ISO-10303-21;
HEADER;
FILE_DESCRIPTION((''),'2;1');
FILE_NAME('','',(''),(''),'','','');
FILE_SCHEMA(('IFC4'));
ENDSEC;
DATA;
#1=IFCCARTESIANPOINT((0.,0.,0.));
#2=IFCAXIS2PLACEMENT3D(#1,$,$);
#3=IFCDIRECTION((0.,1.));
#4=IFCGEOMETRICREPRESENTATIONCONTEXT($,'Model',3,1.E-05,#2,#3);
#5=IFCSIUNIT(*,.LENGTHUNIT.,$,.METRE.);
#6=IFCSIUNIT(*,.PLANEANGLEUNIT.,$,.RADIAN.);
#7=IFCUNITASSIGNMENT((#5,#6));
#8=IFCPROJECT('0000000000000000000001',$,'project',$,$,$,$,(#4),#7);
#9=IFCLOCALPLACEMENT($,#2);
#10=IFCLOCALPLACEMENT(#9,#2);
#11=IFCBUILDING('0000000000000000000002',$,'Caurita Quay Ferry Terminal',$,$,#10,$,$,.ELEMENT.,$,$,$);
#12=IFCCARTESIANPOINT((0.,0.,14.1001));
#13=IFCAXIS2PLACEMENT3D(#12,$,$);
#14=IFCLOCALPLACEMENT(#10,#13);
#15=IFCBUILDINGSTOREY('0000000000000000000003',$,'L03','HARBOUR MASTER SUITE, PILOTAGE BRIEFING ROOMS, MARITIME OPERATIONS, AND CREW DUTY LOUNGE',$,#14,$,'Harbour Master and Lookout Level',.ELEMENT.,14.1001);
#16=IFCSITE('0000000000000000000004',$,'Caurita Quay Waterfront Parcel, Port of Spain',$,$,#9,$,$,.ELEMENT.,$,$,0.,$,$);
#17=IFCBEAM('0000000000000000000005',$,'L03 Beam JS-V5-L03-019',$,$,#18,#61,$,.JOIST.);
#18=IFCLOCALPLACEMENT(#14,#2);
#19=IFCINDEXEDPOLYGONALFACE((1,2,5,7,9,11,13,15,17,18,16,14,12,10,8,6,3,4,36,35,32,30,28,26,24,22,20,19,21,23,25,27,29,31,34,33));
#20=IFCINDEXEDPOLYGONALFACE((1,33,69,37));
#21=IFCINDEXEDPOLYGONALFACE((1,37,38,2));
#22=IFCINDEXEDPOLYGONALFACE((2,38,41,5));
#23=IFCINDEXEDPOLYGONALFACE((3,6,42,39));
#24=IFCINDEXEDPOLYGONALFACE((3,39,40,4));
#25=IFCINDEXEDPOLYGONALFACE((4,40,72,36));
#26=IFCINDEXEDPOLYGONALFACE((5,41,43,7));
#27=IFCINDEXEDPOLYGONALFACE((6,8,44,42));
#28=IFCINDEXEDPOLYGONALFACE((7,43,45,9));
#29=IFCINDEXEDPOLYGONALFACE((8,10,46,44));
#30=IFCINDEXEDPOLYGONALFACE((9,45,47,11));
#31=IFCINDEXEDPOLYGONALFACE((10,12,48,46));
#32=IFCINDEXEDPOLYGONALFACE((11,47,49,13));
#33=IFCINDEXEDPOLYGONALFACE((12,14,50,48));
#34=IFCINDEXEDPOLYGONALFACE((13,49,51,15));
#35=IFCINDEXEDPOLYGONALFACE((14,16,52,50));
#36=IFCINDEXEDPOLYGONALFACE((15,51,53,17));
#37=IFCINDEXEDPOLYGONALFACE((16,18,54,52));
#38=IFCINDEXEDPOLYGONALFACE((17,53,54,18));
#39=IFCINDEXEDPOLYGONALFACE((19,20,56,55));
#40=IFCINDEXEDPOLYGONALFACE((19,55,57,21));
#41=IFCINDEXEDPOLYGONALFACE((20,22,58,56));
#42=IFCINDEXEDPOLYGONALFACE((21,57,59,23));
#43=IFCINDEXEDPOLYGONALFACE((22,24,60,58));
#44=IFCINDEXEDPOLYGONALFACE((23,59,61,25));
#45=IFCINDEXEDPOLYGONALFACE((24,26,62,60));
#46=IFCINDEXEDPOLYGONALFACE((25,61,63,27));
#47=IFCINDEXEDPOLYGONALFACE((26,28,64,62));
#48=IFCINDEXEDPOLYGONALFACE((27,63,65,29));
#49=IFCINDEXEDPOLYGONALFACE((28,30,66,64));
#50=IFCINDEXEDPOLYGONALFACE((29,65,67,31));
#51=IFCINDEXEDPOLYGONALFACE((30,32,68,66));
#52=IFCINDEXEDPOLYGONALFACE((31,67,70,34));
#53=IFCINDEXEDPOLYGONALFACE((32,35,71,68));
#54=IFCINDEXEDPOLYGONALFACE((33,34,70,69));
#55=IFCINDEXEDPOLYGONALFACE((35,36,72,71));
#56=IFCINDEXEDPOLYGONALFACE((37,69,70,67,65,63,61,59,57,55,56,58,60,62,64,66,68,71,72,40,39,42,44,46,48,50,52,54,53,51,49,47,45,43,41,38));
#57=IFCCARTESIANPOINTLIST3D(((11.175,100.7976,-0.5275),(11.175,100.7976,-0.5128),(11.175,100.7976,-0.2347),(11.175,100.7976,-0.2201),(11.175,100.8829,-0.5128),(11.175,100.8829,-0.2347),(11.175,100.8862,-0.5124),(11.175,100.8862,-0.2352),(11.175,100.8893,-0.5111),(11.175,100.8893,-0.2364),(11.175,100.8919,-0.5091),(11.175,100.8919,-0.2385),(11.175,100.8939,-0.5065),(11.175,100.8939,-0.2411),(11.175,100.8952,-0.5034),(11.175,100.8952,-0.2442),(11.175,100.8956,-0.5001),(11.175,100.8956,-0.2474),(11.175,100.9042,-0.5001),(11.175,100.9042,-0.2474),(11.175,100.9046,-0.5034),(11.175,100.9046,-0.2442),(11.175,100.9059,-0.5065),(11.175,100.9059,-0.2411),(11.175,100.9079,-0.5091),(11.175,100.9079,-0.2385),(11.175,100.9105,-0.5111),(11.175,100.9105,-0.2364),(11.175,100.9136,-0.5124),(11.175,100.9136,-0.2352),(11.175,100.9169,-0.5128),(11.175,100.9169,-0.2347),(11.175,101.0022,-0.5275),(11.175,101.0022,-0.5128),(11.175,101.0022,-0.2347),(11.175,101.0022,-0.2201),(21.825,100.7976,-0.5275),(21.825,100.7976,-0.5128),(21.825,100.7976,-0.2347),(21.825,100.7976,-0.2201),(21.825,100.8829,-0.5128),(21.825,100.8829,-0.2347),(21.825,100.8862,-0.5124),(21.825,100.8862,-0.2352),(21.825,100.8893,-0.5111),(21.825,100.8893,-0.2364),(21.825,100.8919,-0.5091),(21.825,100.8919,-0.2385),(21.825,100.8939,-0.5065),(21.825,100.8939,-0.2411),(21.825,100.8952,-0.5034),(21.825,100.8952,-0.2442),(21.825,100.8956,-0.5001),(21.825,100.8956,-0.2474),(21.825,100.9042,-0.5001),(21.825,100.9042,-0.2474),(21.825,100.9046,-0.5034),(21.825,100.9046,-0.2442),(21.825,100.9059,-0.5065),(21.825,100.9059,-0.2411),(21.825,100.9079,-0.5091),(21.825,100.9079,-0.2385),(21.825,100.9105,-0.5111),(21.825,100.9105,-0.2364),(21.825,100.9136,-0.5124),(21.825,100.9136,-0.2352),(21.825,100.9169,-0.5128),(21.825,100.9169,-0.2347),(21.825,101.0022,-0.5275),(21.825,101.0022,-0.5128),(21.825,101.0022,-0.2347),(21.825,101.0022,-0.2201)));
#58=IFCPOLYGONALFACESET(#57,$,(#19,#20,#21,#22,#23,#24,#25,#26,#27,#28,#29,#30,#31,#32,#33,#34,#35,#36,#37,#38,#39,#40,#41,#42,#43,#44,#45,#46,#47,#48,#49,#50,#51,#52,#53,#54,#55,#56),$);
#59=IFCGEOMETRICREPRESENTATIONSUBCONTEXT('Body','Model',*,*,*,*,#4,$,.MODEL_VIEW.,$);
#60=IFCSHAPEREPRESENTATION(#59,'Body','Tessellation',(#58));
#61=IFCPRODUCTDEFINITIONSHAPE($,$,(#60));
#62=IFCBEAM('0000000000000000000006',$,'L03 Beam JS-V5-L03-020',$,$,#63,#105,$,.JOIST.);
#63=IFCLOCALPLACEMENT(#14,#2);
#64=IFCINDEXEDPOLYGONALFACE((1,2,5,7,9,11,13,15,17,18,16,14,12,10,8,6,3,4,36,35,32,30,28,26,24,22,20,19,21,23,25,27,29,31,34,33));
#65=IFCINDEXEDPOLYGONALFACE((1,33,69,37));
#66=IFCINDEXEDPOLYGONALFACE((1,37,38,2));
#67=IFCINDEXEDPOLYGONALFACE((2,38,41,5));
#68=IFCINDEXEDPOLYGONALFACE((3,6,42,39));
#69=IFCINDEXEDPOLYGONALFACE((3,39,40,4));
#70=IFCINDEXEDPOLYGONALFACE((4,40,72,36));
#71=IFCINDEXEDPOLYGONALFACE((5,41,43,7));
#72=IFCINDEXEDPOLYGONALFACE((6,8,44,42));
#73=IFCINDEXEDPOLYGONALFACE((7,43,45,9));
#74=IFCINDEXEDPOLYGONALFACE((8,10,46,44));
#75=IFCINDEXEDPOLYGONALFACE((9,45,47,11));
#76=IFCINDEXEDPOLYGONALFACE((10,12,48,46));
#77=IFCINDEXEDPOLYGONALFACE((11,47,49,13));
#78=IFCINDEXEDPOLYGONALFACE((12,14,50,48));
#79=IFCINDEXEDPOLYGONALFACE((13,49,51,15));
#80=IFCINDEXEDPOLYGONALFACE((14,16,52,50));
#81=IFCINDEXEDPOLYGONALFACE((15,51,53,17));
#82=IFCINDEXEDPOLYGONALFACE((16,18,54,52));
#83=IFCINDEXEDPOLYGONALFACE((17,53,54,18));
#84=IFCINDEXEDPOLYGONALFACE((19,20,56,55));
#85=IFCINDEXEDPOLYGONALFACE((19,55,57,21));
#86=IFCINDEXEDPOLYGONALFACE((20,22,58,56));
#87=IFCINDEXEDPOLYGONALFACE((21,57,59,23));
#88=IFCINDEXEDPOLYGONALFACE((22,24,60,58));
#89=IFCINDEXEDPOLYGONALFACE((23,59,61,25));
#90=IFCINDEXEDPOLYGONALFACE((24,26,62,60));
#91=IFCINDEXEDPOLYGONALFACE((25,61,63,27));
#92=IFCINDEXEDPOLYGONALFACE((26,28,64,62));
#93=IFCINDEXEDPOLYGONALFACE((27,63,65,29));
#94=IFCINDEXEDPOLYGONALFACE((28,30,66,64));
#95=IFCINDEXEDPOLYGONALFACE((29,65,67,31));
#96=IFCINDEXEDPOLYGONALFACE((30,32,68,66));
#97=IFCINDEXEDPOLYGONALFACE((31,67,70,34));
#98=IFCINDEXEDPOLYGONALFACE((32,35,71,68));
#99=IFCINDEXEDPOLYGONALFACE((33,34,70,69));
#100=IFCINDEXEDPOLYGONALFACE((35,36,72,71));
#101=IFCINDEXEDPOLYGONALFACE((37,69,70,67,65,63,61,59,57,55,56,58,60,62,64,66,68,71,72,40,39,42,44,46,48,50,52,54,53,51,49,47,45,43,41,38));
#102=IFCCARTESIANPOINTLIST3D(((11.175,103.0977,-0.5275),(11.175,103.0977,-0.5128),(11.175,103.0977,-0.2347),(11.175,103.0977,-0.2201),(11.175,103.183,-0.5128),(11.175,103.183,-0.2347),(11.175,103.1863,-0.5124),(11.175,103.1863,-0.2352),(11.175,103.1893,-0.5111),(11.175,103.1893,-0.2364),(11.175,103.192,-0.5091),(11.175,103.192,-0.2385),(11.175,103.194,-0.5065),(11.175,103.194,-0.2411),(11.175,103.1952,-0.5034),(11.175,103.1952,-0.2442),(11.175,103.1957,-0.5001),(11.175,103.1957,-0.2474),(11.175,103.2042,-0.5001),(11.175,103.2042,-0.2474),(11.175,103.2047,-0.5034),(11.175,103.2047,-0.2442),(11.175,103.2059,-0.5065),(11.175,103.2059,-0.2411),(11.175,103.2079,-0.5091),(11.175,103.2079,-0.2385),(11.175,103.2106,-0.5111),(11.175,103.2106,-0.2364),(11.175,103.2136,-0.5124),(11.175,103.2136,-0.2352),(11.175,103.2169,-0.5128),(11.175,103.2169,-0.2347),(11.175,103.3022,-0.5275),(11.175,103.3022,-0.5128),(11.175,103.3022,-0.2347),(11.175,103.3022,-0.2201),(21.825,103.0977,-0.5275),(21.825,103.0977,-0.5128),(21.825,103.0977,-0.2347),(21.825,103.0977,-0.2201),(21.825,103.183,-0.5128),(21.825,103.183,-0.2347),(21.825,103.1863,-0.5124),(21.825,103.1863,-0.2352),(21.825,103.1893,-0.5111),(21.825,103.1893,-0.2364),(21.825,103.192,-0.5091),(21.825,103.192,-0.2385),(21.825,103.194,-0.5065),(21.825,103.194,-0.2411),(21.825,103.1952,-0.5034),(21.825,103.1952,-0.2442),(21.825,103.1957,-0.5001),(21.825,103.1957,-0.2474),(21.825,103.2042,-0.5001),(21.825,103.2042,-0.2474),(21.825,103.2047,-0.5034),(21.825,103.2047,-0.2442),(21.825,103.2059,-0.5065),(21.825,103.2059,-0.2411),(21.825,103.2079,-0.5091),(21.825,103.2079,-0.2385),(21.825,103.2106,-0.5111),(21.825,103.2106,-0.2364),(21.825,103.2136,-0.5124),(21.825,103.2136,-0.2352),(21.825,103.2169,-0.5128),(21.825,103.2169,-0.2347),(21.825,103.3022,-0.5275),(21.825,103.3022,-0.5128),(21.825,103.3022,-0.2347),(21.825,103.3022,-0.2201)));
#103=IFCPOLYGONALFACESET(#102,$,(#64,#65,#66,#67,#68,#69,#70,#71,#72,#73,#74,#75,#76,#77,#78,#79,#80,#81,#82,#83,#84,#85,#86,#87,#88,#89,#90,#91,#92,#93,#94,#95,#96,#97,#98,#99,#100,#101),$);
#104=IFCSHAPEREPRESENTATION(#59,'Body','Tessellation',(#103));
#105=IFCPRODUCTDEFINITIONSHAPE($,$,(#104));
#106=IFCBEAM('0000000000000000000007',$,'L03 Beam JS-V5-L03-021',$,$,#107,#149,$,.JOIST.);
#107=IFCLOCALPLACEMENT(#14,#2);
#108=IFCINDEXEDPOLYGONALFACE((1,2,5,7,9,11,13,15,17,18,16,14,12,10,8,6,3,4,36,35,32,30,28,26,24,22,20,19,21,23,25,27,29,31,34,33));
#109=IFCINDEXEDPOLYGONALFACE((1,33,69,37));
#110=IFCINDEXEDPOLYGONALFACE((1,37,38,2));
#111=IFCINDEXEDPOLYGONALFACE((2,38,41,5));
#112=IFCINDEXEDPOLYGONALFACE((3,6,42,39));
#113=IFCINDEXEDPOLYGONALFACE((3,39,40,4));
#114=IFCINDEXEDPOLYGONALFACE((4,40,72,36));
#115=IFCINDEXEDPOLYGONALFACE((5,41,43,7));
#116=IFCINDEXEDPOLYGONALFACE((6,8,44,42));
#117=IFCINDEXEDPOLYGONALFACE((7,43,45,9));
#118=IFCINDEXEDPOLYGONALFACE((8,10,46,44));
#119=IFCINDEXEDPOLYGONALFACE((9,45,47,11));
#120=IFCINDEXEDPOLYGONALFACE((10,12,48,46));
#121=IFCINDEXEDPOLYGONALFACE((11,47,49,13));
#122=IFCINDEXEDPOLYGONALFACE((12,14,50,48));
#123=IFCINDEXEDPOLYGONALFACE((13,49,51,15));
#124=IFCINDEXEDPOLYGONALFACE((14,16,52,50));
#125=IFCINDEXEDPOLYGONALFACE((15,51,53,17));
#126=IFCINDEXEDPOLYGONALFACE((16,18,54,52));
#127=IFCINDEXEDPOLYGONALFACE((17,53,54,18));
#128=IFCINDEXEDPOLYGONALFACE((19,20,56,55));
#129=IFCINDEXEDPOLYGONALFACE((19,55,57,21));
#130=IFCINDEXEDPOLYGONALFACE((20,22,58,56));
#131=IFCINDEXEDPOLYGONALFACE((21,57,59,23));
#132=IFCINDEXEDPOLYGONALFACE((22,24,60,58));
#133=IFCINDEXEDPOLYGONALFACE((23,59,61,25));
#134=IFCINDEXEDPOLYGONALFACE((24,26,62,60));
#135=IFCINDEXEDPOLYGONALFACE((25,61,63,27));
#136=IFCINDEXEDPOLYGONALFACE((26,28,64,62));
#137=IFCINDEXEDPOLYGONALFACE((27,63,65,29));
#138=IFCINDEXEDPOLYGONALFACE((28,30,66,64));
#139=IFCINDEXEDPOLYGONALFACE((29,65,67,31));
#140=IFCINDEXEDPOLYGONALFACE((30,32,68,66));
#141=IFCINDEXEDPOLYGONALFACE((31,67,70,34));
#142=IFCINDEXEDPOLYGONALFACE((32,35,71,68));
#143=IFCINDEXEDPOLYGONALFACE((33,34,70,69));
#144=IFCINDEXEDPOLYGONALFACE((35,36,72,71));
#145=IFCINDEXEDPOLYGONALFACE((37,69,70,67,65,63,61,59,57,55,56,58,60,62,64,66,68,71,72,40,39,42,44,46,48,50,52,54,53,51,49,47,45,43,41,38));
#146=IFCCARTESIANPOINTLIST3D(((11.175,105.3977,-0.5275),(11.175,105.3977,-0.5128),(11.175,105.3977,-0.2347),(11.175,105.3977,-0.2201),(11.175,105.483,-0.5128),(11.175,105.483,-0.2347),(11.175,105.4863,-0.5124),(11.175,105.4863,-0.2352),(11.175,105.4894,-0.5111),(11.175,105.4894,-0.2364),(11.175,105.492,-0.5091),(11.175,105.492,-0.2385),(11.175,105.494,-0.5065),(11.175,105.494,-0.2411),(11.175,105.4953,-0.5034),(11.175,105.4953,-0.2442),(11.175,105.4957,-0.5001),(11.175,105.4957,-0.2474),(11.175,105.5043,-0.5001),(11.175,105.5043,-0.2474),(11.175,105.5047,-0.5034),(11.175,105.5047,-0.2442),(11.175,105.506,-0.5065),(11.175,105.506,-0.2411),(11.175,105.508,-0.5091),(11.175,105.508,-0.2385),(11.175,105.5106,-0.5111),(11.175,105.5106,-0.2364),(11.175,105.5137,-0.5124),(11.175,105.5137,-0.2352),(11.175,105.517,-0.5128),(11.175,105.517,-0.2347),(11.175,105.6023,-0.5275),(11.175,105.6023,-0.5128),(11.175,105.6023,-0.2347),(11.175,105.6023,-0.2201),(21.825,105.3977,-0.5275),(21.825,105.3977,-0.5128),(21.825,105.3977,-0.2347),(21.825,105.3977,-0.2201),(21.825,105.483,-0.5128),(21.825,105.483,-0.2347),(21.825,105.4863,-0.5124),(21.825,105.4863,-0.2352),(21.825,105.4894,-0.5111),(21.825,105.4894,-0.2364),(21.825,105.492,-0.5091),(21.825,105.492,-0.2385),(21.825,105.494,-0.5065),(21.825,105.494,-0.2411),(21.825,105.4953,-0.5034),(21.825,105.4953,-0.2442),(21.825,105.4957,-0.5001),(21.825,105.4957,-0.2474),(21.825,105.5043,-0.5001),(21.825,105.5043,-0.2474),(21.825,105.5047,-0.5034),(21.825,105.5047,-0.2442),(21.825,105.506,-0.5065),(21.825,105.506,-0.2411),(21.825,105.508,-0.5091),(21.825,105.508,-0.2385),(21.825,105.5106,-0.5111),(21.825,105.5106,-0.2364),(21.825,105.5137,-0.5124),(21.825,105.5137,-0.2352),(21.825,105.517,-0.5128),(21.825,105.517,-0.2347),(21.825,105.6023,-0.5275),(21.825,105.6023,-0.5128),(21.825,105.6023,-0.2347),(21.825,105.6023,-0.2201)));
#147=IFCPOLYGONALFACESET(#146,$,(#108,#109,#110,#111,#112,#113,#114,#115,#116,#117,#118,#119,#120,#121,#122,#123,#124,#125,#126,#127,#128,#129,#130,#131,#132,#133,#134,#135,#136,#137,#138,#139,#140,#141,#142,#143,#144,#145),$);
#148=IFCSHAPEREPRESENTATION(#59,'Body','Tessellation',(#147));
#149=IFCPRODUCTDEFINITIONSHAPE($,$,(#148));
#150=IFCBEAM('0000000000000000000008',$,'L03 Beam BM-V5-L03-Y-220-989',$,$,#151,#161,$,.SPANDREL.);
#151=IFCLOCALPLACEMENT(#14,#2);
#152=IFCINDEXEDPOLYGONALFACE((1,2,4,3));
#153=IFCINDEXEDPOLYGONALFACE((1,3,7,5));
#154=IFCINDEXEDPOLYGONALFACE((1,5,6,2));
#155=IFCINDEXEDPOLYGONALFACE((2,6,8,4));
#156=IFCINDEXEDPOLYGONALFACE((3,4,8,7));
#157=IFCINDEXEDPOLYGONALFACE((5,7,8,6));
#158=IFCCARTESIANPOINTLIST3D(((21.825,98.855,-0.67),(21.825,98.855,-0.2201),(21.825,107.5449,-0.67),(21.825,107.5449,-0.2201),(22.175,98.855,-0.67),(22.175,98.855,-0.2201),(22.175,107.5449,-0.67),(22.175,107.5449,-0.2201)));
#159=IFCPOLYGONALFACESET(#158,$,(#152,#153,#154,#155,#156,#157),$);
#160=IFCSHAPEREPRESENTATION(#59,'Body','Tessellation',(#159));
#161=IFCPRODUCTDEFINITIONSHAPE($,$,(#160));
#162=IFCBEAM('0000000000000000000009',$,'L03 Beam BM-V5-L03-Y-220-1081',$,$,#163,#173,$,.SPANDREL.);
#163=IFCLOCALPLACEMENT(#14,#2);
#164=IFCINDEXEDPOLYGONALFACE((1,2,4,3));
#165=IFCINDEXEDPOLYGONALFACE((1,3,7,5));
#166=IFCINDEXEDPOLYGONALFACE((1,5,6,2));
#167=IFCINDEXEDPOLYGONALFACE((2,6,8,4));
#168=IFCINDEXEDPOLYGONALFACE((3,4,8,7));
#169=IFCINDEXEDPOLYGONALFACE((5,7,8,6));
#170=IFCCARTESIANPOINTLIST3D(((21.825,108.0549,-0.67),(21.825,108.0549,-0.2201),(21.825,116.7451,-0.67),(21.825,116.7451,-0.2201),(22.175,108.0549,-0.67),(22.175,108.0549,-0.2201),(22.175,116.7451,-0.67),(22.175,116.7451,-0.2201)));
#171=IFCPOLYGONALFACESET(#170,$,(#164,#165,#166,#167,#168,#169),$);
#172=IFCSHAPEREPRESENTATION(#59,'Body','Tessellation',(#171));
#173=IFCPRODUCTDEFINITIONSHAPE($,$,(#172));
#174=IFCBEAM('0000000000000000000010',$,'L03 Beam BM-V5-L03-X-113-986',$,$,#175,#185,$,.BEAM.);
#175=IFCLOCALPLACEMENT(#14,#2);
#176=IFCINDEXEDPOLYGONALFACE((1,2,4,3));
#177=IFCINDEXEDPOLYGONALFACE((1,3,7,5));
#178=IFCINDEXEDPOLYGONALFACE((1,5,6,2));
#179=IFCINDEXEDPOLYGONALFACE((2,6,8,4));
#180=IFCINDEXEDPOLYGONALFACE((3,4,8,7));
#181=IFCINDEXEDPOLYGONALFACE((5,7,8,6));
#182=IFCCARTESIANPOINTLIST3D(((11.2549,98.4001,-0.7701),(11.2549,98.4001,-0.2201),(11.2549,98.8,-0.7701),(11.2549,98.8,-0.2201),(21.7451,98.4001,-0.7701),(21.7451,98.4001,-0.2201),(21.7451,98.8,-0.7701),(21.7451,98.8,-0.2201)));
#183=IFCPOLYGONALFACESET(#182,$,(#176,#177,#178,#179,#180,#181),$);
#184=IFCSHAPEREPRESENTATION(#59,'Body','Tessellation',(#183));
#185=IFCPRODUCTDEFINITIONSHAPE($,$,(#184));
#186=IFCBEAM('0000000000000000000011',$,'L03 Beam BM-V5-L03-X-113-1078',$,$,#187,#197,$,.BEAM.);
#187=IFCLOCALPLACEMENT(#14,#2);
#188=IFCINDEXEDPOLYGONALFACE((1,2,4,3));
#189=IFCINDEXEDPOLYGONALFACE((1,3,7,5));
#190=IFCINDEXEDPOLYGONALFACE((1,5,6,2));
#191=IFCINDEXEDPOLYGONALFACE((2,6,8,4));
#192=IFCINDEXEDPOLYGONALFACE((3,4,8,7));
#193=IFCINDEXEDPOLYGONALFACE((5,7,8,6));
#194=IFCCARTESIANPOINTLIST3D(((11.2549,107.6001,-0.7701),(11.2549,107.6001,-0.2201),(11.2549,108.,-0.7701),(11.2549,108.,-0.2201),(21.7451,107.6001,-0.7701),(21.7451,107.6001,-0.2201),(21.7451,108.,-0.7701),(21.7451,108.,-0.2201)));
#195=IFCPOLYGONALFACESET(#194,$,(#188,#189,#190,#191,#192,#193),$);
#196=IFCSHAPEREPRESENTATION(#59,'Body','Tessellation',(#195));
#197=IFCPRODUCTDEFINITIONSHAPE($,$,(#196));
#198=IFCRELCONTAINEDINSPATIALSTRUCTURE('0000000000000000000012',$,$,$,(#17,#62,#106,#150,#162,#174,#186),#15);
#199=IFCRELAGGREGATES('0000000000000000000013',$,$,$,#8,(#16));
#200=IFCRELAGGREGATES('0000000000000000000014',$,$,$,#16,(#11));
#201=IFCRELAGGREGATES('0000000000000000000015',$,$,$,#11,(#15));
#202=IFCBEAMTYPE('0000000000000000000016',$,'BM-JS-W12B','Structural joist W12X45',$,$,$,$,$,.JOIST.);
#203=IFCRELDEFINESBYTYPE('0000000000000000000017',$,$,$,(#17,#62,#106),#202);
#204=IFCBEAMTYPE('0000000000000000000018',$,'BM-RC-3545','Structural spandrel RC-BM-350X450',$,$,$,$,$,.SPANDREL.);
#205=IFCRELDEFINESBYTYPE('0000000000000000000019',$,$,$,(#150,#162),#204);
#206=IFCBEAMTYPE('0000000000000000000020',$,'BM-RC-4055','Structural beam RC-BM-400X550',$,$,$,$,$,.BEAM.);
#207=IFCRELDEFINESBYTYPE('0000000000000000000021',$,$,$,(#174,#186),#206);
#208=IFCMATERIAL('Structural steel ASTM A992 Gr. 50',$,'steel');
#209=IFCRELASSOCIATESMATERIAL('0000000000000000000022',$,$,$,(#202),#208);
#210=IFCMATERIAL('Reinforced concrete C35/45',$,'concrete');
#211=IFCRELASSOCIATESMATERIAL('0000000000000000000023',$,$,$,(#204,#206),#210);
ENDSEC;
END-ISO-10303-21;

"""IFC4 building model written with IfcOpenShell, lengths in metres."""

from ifc_helpers import new_model, si_unit, direction, frame, origin, origin_2d, place, context, subcontext, project, spatial, rectangle, i_section, extrude, material, material_profile, profile_set, type_object, element, save


model = new_model("IFC4")

# Units and contexts
model_context = context("Model", 3, precision=1e-05, world=origin(), true_north=direction((0.0, 1.0)))
body_context = subcontext(model_context, "Body", "Model", "MODEL_VIEW")
ifc_project = project(units=[si_unit("LENGTHUNIT", "METRE"), si_unit("PLANEANGLEUNIT", "RADIAN")], contexts=[model_context])

# Site, building, storey
site_placement = place(None, origin())
site = spatial("IfcSite", under=ifc_project, at=site_placement, Name="Caurita Quay Waterfront Parcel, Port of Spain", CompositionType="ELEMENT", RefElevation=0.0)
building_placement = place(site_placement, origin())
building = spatial("IfcBuilding", under=site, at=building_placement, Name="Caurita Quay Ferry Terminal", CompositionType="ELEMENT")
storey_placement = place(building_placement, frame((0.0, 0.0, 14.1001)))
storey = spatial("IfcBuildingStorey", under=building, at=storey_placement, Name="L03", Description="HARBOUR MASTER SUITE, PILOTAGE BRIEFING ROOMS, MARITIME OPERATIONS, AND CREW DUTY LOUNGE", LongName="Harbour Master and Lookout Level", CompositionType="ELEMENT", Elevation=14.1001)

# Shared definitions
ifc_material_1 = material(Name="Reinforced concrete C35/45", Category="concrete")

# Beams
ifc_material_2 = material(Name="Structural steel ASTM A992 Gr. 50", Category="steel")
ifc_material_profile_1 = material_profile(ifc_material_2, i_section(OverallWidth=0.2046, OverallDepth=0.3074, WebThickness=0.0085, FlangeThickness=0.0146, FilletRadius=0.0127, at=origin_2d()), Name="W12X45")
ifc_profile_set_1 = profile_set([ifc_material_profile_1], Name="Structural steel ASTM A992 Gr. 50")
beam_type_1 = type_object("IfcBeamType", Name="BM-JS-W12B", Description="Structural joist W12X45", PredefinedType="JOIST", material=ifc_profile_set_1)
for number, where, z_axis, x_axis, name in (
    (1, (11.175, 100.8999, -0.3738), (1.0, 0.0, 0.0), (0.0, 1.0, 0.0), "L03 Beam JS-V5-L03-019"),
    (2, (11.175, 103.2, -0.3738), (1.0, 0.0, 0.0), (0.0, 1.0, 0.0), "L03 Beam JS-V5-L03-020"),
    (3, (11.175, 105.5, -0.3738), (1.0, 0.0, 0.0), (0.0, 1.0, 0.0), "L03 Beam JS-V5-L03-021"),
):
    element("IfcBeam", number, at=place(storey_placement, frame(where, z_axis=z_axis, x_axis=x_axis)), inside=storey, type_object=beam_type_1, Name=name, PredefinedType="JOIST", context=body_context, shape_type="SweptSolid", body=[
        extrude(i_section(OverallWidth=0.2046, OverallDepth=0.3074, WebThickness=0.0085, FlangeThickness=0.0146, FilletRadius=0.0127, at=origin_2d()), origin(), (0.0, 0.0, 1.0), 10.6499),
    ])
ifc_material_profile_2 = material_profile(ifc_material_1, rectangle(XDim=0.3501, YDim=0.45, at=origin_2d()), Name="RC-BM-350X450")
ifc_profile_set_2 = profile_set([ifc_material_profile_2], Name="Reinforced concrete C35/45")
beam_type_2 = type_object("IfcBeamType", Name="BM-RC-3545", Description="Structural spandrel RC-BM-350X450", PredefinedType="SPANDREL", material=ifc_profile_set_2)
beam_1_placement = place(storey_placement, frame((22.0, 98.855, -0.4451), z_axis=(0.0, 1.0, 0.0), x_axis=(-1.0, 0.0, 0.0)))
element("IfcBeam", 4, at=beam_1_placement, inside=storey, type_object=beam_type_2, Name="L03 Beam BM-V5-L03-Y-220-989", PredefinedType="SPANDREL", context=body_context, shape_type="SweptSolid", body=[
    extrude(rectangle(XDim=0.3501, YDim=0.45, at=origin_2d()), origin(), (0.0, 0.0, 1.0), 8.6899),
])
beam_2_placement = place(storey_placement, frame((22.0, 108.0549, -0.4451), z_axis=(0.0, 1.0, 0.0), x_axis=(-1.0, 0.0, 0.0)))
element("IfcBeam", 5, at=beam_2_placement, inside=storey, type_object=beam_type_2, Name="L03 Beam BM-V5-L03-Y-220-1081", PredefinedType="SPANDREL", context=body_context, shape_type="SweptSolid", body=[
    extrude(rectangle(XDim=0.3501, YDim=0.45, at=origin_2d()), origin(), (0.0, 0.0, 1.0), 8.6902),
])
ifc_material_profile_3 = material_profile(ifc_material_1, rectangle(XDim=0.3999, YDim=0.55, at=origin_2d()), Name="RC-BM-400X550")
ifc_profile_set_3 = profile_set([ifc_material_profile_3], Name="Reinforced concrete C35/45")
beam_type_3 = type_object("IfcBeamType", Name="BM-RC-4055", Description="Structural beam RC-BM-400X550", PredefinedType="BEAM", material=ifc_profile_set_3)
for number, where, z_axis, x_axis, name in (
    (6, (11.2549, 98.6001, -0.4951), (1.0, 0.0, 0.0), (0.0, 1.0, 0.0), "L03 Beam BM-V5-L03-X-113-986"),
    (7, (11.2549, 107.8, -0.4951), (1.0, 0.0, 0.0), (0.0, 1.0, 0.0), "L03 Beam BM-V5-L03-X-113-1078"),
):
    element("IfcBeam", number, at=place(storey_placement, frame(where, z_axis=z_axis, x_axis=x_axis)), inside=storey, type_object=beam_type_3, Name=name, PredefinedType="BEAM", context=body_context, shape_type="SweptSolid", body=[
        extrude(rectangle(XDim=0.3999, YDim=0.55, at=origin_2d()), origin(), (0.0, 0.0, 1.0), 10.4902),
    ])

save(model, "model.ifc")
